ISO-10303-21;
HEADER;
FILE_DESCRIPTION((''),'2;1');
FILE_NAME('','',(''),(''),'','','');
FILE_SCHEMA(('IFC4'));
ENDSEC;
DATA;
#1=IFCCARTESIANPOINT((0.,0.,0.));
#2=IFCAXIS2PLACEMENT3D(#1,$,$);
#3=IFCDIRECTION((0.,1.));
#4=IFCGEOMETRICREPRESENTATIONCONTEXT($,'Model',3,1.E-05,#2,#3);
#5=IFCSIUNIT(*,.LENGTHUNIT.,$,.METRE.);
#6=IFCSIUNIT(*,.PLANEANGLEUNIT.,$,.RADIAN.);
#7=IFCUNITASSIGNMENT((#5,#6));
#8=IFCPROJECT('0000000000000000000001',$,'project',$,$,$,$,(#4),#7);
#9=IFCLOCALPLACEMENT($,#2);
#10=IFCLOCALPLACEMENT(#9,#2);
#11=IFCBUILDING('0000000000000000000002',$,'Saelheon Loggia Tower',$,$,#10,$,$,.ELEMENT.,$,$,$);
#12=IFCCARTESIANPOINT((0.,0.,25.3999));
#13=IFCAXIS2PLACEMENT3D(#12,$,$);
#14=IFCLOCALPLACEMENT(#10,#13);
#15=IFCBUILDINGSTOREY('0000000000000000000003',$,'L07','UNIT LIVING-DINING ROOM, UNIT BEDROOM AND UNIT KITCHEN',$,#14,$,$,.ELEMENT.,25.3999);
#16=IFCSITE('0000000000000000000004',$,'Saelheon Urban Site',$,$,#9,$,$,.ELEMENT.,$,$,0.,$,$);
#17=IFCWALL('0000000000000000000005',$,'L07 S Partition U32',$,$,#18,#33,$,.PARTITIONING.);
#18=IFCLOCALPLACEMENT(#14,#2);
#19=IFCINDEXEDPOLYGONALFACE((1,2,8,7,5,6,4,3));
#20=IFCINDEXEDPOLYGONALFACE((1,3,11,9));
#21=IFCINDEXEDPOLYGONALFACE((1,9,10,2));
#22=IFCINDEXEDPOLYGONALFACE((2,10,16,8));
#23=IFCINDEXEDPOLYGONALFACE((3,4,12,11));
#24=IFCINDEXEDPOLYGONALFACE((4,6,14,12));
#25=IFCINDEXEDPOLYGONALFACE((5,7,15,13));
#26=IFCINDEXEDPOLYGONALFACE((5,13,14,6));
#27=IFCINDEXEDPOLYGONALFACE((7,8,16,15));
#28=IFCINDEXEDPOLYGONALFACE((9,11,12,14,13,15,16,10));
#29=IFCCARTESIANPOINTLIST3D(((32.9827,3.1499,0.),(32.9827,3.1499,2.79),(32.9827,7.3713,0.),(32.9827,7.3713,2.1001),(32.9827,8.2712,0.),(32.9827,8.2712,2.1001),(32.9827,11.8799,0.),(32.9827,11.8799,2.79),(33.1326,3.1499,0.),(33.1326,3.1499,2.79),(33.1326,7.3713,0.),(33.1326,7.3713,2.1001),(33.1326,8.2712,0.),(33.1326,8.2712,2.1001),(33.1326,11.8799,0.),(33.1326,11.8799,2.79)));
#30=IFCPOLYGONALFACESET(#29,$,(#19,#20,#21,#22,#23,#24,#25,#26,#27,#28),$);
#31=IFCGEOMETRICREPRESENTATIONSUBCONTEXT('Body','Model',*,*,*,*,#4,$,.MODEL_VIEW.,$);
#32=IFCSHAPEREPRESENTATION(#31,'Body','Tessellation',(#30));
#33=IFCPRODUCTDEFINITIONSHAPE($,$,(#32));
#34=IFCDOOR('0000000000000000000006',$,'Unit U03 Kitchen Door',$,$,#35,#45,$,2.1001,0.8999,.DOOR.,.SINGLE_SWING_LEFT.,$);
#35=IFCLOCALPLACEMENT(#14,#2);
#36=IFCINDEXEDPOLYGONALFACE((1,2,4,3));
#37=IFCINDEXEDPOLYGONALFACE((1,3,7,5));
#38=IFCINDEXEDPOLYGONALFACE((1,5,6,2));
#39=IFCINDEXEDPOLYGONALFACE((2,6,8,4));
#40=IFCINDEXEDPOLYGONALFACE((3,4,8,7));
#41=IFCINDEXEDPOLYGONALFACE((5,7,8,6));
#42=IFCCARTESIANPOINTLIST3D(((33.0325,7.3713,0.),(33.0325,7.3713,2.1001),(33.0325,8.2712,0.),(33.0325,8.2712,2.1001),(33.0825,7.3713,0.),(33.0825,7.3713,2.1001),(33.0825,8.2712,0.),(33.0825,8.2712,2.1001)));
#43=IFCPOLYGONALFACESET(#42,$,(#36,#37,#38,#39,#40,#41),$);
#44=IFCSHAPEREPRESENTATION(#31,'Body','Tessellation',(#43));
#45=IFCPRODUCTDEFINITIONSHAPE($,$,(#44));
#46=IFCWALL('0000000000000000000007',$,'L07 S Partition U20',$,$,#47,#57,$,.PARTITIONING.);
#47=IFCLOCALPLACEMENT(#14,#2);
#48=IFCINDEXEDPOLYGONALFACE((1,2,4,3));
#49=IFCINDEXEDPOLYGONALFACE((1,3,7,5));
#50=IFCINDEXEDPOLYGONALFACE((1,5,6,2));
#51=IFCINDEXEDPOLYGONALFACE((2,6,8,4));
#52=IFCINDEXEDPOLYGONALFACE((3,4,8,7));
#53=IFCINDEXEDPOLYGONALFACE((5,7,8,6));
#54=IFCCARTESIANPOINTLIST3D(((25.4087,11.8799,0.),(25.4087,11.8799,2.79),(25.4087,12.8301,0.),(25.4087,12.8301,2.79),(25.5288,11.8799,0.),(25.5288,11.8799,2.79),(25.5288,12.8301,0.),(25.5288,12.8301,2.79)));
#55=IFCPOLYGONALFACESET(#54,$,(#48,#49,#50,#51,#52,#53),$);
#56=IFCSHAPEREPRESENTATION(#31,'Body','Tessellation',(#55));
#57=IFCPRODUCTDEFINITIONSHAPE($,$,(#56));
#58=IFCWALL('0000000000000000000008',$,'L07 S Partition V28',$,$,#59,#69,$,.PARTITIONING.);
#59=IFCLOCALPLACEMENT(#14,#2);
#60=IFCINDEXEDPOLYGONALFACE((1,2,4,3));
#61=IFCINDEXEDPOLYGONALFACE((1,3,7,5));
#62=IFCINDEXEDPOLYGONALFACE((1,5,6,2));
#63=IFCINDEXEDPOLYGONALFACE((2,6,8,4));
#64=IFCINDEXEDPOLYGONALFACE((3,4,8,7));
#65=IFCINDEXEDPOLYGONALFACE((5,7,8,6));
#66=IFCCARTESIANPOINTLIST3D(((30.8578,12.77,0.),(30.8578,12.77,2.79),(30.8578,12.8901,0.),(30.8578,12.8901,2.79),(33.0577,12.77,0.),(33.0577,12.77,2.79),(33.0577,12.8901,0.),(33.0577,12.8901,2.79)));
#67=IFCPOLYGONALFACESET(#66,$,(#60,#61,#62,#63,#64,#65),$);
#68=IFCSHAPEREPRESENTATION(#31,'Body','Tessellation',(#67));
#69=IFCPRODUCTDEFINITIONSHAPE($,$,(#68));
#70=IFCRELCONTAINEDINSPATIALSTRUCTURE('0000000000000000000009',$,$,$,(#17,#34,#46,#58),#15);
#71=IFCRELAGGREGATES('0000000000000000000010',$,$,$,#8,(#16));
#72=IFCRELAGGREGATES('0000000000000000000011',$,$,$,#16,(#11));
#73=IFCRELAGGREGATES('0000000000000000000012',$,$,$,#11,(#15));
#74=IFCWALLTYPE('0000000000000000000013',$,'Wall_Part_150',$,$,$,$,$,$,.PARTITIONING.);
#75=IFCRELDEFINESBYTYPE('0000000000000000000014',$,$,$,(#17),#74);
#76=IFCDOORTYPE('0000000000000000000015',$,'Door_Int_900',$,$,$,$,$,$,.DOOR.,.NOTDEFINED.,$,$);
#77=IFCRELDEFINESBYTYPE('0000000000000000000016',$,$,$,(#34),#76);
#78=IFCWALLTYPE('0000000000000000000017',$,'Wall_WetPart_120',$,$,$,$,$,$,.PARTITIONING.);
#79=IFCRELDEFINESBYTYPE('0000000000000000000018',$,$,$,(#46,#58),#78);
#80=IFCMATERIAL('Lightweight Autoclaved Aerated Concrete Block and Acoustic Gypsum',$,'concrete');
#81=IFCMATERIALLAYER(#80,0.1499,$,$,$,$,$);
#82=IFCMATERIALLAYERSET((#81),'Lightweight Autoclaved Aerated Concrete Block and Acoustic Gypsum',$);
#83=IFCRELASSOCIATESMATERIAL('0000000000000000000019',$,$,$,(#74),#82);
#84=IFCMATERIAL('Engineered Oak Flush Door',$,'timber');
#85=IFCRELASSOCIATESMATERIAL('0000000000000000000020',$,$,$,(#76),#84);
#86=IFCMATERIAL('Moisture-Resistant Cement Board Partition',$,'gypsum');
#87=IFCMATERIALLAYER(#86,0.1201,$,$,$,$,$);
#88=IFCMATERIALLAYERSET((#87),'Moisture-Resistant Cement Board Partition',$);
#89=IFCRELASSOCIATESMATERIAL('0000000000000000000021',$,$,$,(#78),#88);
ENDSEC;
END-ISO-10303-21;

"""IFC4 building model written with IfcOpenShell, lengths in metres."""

from ifc_helpers import new_model, si_unit, direction, frame, frame_2d, origin, place, context, subcontext, project, spatial, rectangle, extrude, source, transform, mapped, material, layer, layer_set, type_object, element, fill, save


model = new_model("IFC4")

# Units and contexts
model_context = context("Model", 3, precision=1e-05, world=origin(), true_north=direction((0.0, 1.0)))
body_context = subcontext(model_context, "Body", "Model", "MODEL_VIEW")
ifc_project = project(units=[si_unit("LENGTHUNIT", "METRE"), si_unit("PLANEANGLEUNIT", "RADIAN")], contexts=[model_context])

# Site, building, storey
site_placement = place(None, origin())
site = spatial("IfcSite", under=ifc_project, at=site_placement, Name="Saelheon Urban Site", CompositionType="ELEMENT", RefElevation=0.0)
building_placement = place(site_placement, origin())
building = spatial("IfcBuilding", under=site, at=building_placement, Name="Saelheon Loggia Tower", CompositionType="ELEMENT")
storey_placement = place(building_placement, frame((0.0, 0.0, 25.3999)))
storey = spatial("IfcBuildingStorey", under=building, at=storey_placement, Name="L07", Description="UNIT LIVING-DINING ROOM, UNIT BEDROOM AND UNIT KITCHEN", CompositionType="ELEMENT", Elevation=25.3999)

# Shared definitions
ifc_material_1 = material(Name="Lightweight Autoclaved Aerated Concrete Block and Acoustic Gypsum", Category="concrete")
ifc_layer_1 = layer(ifc_material_1, 0.1499)
ifc_layer_set_1 = layer_set([ifc_layer_1], Name="Lightweight Autoclaved Aerated Concrete Block and Acoustic Gypsum")
wall_type_1 = type_object("IfcWallType", Name="Wall_Part_150", PredefinedType="PARTITIONING", material=ifc_layer_set_1)

# Wall, opening, door
ifc_material_2 = material(Name="Engineered Oak Flush Door", Category="timber")
door_type = type_object("IfcDoorType", Name="Door_Int_900", OperationType="NOTDEFINED", PredefinedType="DOOR", material=ifc_material_2)
shared_shape_1 = source(origin(), body_context, "Body", "SweptSolid", [
    extrude(rectangle(XDim=0.8999, YDim=2.1001, at=frame_2d((0.45, 1.05))), frame((0.0, 0.0249, 0.0), z_axis=(0.0, -1.0, 0.0), x_axis=(1.0, 0.0, 0.0)), (0.0, 0.0, 1.0), 0.05),
])
wall_1_placement = place(storey_placement, frame((33.0576, 11.8799, 0.0), z_axis=(0.0, 0.0, 1.0), x_axis=(0.0, -1.0, 0.0)))
wall_1 = element("IfcWall", 1, at=wall_1_placement, inside=storey, type_object=wall_type_1, Name="L07 S Partition U32", PredefinedType="PARTITIONING", context=body_context, shape_type="SweptSolid", body=[
    extrude(rectangle(XDim=8.73, YDim=0.1499, at=frame_2d((4.365, 0.0))), origin(), (0.0, 0.0, 1.0), 2.79),
])
opening_1_placement = place(wall_1_placement, frame((3.6086, 0.0, 0.0)))
opening_1 = element("IfcOpeningElement", 2, at=opening_1_placement, cuts=wall_1, PredefinedType="OPENING", context=body_context, shape_type="SweptSolid", body=[
    extrude(rectangle(XDim=0.8999, YDim=2.1001, at=frame_2d((0.45, 1.05))), frame((0.0, 0.0869, 0.0), z_axis=(0.0, -1.0, 0.0), x_axis=(1.0, 0.0, 0.0)), (0.0, 0.0, 1.0), 0.1738),
])
door_1_placement = place(opening_1_placement, origin())
door_1 = element("IfcDoor", 3, at=door_1_placement, inside=storey, type_object=door_type, Name="Unit U03 Kitchen Door", OperationType="SINGLE_SWING_LEFT", OverallHeight=2.1001, OverallWidth=0.8999, PredefinedType="DOOR", context=body_context, shape_type="MappedRepresentation", body=[
    mapped(shared_shape_1, transform((0.0, 0.0, 0.0), scale=1.0)),
])
fill(opening_1, door_1)

# Walls
ifc_material_3 = material(Name="Moisture-Resistant Cement Board Partition", Category="gypsum")
ifc_layer_2 = layer(ifc_material_3, 0.1201)
ifc_layer_set_2 = layer_set([ifc_layer_2], Name="Moisture-Resistant Cement Board Partition")
wall_type_2 = type_object("IfcWallType", Name="Wall_WetPart_120", PredefinedType="PARTITIONING", material=ifc_layer_set_2)
wall_2_placement = place(storey_placement, frame((25.4688, 12.8301, 0.0), z_axis=(0.0, 0.0, 1.0), x_axis=(0.0, -1.0, 0.0)))
element("IfcWall", 4, at=wall_2_placement, inside=storey, type_object=wall_type_2, Name="L07 S Partition U20", PredefinedType="PARTITIONING", context=body_context, shape_type="SweptSolid", body=[
    extrude(rectangle(XDim=0.9502, YDim=0.1201, at=frame_2d((0.4751, 0.0))), origin(), (0.0, 0.0, 1.0), 2.79),
])
wall_3_placement = place(storey_placement, frame((30.8577, 12.8301, 0.0), z_axis=(0.0, 0.0, 1.0), x_axis=(1.0, 0.0, 0.0)))
element("IfcWall", 5, at=wall_3_placement, inside=storey, type_object=wall_type_2, Name="L07 S Partition V28", PredefinedType="PARTITIONING", context=body_context, shape_type="SweptSolid", body=[
    extrude(rectangle(XDim=2.2, YDim=0.1201, at=frame_2d((1.1001, 0.0))), origin(), (0.0, 0.0, 1.0), 2.79),
])

save(model, "model.ifc")
